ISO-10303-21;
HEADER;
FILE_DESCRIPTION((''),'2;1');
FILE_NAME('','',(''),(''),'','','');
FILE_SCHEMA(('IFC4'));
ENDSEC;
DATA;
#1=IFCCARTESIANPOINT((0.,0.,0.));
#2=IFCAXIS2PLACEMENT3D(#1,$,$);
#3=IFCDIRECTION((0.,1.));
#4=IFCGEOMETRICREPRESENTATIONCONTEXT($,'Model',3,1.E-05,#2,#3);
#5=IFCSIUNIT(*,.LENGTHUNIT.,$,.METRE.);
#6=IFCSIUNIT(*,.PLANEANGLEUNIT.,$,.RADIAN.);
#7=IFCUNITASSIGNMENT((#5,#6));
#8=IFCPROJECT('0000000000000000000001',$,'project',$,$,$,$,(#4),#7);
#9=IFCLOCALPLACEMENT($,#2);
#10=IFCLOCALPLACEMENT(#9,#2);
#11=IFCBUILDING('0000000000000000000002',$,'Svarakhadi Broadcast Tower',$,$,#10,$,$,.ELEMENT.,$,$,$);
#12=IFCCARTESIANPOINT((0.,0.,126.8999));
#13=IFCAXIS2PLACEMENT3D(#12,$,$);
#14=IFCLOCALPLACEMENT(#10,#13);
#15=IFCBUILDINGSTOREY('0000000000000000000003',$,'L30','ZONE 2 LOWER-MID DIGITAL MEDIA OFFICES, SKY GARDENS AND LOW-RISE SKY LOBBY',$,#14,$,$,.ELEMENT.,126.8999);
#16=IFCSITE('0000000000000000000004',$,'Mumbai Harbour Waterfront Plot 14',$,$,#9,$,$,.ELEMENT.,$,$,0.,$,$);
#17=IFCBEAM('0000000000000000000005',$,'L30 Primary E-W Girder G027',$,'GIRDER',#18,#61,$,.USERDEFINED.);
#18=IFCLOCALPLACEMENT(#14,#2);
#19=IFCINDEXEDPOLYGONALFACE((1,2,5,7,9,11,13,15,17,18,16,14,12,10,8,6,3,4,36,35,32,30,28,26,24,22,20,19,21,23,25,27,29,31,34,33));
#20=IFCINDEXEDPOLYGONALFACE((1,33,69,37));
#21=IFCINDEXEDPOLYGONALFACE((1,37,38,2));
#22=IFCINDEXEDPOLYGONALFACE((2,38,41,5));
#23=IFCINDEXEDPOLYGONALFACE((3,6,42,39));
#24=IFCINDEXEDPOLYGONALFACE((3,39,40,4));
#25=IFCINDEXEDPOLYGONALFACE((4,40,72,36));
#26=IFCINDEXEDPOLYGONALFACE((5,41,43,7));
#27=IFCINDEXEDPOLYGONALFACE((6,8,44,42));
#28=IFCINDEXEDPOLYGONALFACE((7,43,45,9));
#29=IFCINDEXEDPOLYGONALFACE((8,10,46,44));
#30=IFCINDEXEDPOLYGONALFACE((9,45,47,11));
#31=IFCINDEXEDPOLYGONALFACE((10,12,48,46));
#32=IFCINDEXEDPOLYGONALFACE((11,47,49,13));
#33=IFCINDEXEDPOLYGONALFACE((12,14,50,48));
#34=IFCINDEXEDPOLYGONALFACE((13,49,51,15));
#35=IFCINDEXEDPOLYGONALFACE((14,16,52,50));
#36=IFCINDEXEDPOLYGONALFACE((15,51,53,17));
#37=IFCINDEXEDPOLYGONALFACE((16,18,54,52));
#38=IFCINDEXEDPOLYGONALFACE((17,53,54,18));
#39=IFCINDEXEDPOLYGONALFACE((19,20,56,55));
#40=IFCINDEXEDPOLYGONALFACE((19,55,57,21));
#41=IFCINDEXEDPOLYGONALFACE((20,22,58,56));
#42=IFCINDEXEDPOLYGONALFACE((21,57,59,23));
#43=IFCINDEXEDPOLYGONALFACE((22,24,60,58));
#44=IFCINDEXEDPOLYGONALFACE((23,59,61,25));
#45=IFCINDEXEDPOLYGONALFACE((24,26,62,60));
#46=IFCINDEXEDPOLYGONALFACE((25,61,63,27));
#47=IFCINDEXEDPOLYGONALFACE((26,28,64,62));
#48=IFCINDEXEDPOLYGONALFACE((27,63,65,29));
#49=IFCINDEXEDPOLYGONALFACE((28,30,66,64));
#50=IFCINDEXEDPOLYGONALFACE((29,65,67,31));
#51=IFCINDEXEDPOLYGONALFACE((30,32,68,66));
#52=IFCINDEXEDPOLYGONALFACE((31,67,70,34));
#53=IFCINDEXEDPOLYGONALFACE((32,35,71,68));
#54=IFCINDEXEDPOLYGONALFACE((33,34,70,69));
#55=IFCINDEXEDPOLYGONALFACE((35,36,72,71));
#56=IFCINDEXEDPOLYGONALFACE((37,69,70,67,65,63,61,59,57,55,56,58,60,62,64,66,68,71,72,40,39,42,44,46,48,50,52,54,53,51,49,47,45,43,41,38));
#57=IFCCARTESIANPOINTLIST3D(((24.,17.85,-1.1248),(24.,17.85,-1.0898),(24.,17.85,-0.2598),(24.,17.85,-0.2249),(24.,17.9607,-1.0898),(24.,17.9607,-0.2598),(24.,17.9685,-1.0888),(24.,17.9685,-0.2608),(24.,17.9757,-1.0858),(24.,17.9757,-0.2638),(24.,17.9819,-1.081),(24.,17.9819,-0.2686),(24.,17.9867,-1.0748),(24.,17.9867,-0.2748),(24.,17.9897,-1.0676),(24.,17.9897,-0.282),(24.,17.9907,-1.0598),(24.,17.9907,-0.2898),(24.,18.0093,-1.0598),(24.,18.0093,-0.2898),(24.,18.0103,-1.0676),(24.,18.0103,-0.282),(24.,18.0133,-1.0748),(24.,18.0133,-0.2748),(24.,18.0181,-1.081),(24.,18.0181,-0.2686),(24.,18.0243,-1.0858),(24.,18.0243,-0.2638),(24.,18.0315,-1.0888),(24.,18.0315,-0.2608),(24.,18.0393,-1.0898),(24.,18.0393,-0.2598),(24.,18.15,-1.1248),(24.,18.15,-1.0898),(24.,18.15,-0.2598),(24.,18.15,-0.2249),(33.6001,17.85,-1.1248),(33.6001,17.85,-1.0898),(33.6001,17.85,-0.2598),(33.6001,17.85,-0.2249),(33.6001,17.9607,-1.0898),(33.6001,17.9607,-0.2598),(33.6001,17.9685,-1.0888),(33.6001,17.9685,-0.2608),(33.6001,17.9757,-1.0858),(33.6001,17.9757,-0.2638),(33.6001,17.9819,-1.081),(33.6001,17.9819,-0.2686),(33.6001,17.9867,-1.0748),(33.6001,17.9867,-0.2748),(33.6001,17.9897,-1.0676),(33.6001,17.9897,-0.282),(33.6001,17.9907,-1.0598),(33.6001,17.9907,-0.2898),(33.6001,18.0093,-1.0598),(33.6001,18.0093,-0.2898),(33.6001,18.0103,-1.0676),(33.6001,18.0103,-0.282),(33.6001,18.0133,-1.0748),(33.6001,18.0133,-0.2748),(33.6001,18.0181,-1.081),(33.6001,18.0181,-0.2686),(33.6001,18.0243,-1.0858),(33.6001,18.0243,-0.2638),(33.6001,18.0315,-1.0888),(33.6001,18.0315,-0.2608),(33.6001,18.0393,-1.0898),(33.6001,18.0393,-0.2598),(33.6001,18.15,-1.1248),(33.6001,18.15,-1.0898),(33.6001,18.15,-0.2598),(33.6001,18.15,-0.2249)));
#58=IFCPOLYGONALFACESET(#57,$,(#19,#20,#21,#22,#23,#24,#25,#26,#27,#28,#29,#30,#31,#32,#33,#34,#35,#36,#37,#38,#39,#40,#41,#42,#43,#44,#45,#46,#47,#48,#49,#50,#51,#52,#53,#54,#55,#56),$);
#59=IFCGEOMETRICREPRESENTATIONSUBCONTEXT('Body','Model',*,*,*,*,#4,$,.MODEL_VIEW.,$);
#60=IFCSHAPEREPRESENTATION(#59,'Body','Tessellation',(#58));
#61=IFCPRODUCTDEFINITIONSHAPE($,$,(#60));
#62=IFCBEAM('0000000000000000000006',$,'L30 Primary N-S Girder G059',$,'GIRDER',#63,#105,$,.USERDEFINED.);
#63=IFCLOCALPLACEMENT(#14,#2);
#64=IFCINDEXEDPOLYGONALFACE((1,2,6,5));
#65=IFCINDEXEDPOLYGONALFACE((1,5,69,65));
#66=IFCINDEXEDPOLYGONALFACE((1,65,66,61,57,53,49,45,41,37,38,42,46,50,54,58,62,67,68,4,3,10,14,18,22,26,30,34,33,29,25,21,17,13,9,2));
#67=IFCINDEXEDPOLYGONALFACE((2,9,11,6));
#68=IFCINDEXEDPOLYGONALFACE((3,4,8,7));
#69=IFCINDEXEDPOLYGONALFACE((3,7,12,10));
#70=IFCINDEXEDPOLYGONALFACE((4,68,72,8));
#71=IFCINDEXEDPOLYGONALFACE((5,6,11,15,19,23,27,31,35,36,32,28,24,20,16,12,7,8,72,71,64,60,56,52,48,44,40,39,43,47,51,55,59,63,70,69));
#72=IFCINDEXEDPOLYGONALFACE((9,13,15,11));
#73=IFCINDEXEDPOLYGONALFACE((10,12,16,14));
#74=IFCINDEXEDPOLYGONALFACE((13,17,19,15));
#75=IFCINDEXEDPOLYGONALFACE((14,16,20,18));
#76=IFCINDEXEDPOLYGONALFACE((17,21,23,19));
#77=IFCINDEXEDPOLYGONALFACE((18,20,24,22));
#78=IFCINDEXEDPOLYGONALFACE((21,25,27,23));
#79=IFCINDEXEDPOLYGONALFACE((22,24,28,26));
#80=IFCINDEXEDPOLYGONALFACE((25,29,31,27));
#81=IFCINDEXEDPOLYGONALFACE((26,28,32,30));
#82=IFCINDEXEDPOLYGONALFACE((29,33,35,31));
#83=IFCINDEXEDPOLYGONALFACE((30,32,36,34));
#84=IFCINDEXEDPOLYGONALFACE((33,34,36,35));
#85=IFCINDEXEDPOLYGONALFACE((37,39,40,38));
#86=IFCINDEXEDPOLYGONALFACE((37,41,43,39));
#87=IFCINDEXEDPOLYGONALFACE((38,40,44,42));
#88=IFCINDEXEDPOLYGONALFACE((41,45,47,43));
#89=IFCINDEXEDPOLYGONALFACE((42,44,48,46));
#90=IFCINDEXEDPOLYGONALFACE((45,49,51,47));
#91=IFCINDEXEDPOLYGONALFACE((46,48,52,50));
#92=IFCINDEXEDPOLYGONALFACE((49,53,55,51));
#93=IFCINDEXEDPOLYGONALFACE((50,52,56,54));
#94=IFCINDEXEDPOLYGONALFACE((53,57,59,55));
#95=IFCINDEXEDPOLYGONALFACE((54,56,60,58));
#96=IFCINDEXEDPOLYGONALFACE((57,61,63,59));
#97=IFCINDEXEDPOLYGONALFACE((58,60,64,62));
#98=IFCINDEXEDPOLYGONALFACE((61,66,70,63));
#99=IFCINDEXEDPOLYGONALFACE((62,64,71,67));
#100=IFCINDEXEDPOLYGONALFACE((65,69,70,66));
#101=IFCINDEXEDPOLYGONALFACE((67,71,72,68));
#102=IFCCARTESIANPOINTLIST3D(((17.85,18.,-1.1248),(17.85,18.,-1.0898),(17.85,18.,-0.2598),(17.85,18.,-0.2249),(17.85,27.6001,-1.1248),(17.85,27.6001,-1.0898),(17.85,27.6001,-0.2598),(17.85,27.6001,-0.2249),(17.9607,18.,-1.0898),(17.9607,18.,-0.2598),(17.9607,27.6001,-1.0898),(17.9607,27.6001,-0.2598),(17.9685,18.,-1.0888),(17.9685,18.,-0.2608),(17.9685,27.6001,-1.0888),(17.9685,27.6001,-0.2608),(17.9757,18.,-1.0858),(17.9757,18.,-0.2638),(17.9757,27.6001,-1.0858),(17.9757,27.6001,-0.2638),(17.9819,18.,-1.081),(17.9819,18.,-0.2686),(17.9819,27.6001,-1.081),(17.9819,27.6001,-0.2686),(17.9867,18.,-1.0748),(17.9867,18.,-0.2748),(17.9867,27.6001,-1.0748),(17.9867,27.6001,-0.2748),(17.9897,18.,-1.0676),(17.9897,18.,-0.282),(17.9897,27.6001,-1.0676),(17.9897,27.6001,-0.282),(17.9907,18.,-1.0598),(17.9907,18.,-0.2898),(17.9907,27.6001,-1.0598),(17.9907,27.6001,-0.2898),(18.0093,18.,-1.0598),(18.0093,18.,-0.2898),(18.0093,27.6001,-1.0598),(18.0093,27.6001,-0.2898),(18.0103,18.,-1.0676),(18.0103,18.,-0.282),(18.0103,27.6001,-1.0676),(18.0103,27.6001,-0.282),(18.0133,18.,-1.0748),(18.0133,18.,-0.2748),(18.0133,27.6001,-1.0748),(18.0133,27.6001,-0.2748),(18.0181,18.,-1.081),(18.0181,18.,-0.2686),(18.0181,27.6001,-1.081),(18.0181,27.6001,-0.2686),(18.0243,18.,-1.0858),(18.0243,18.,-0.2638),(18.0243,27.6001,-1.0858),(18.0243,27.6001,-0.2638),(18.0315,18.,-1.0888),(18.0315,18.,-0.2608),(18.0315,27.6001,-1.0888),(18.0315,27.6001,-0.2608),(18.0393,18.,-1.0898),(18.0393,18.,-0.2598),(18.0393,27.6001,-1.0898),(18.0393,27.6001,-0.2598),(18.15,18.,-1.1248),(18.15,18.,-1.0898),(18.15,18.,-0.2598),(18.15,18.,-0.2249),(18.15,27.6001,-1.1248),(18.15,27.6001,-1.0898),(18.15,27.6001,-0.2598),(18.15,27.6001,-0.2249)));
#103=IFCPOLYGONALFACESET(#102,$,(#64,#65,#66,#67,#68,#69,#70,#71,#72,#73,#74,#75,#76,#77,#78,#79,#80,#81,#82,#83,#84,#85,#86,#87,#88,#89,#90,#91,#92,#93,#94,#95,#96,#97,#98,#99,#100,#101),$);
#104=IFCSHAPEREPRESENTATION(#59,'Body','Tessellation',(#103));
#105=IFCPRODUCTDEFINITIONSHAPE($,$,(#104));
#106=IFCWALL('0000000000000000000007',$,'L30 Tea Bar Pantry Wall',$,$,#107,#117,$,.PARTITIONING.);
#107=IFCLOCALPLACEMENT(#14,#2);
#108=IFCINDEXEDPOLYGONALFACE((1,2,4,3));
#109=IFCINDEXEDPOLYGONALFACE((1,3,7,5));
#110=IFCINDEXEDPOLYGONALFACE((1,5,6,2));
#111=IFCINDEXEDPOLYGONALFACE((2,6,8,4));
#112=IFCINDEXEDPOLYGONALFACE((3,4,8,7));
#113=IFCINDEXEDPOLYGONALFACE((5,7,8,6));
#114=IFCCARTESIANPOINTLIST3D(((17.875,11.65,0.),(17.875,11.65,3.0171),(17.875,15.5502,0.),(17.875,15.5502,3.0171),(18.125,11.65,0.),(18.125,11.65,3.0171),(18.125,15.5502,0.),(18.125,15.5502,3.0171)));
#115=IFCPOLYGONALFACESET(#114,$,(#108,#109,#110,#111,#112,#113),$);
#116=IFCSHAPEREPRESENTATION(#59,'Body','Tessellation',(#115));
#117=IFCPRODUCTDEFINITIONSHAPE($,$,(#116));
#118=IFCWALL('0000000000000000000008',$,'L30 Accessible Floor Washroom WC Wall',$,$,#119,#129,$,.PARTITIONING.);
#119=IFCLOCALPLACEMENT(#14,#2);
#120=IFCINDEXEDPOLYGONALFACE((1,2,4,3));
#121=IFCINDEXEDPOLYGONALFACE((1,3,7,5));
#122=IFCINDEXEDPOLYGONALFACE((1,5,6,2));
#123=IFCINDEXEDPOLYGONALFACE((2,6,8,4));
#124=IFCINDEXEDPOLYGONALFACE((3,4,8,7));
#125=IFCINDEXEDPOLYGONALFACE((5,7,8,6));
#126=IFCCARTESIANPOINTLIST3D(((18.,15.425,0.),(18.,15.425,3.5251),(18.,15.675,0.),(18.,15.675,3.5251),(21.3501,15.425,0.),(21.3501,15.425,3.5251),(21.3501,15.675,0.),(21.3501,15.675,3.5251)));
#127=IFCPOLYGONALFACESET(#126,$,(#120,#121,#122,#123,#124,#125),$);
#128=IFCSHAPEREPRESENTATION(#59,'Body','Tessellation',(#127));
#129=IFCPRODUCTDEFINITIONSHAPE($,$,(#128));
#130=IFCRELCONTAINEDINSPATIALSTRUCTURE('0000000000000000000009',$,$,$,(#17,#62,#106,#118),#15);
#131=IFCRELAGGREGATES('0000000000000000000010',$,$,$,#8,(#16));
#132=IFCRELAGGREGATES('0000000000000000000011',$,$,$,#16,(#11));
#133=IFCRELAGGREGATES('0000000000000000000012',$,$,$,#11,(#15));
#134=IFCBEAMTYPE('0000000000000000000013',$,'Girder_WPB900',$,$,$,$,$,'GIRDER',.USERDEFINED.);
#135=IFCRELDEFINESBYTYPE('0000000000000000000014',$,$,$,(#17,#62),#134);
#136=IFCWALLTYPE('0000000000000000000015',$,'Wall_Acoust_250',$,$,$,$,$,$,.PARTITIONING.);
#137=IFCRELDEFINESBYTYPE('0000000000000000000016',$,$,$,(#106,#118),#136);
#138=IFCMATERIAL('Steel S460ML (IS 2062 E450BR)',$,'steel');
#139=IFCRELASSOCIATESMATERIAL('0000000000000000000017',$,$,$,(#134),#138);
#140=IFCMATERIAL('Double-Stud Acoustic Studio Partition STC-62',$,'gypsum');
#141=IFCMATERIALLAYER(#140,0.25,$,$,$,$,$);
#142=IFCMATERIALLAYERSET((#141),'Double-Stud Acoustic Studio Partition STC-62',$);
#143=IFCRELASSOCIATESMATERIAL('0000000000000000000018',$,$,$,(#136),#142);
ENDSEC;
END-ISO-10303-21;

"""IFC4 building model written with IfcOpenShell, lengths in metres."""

from ifc_helpers import new_model, si_unit, direction, frame, frame_2d, origin, origin_2d, place, context, subcontext, project, spatial, rectangle, i_section, extrude, material, layer, layer_set, material_profile, profile_set, type_object, element, save


model = new_model("IFC4")

# Units and contexts
model_context = context("Model", 3, precision=1e-05, world=origin(), true_north=direction((0.0, 1.0)))
body_context = subcontext(model_context, "Body", "Model", "MODEL_VIEW")
ifc_project = project(units=[si_unit("LENGTHUNIT", "METRE"), si_unit("PLANEANGLEUNIT", "RADIAN")], contexts=[model_context])

# Site, building, storey
site_placement = place(None, origin())
site = spatial("IfcSite", under=ifc_project, at=site_placement, Name="Mumbai Harbour Waterfront Plot 14", CompositionType="ELEMENT", RefElevation=0.0)
building_placement = place(site_placement, origin())
building = spatial("IfcBuilding", under=site, at=building_placement, Name="Svarakhadi Broadcast Tower", CompositionType="ELEMENT")
storey_placement = place(building_placement, frame((0.0, 0.0, 126.8999)))
storey = spatial("IfcBuildingStorey", under=building, at=storey_placement, Name="L30", Description="ZONE 2 LOWER-MID DIGITAL MEDIA OFFICES, SKY GARDENS AND LOW-RISE SKY LOBBY", CompositionType="ELEMENT", Elevation=126.8999)

# Beams
ifc_material_1 = material(Name="Steel S460ML (IS 2062 E450BR)", Category="steel")
ifc_material_profile_1 = material_profile(ifc_material_1, i_section(OverallWidth=0.3, OverallDepth=0.8999, WebThickness=0.0186, FlangeThickness=0.0349, FilletRadius=0.03, at=origin_2d()), Name="WPB 900x300x291")
ifc_profile_set_1 = profile_set([ifc_material_profile_1], Name="Steel S460ML (IS 2062 E450BR)")
beam_type_1 = type_object("IfcBeamType", Name="Girder_WPB900", ElementType="GIRDER", PredefinedType="USERDEFINED", material=ifc_profile_set_1)
for number, where, z_axis, x_axis, name in (
    (1, (24.0, 18.0, -0.6748), (1.0, 0.0, 0.0), (0.0, 1.0, 0.0), "L30 Primary E-W Girder G027"),
    (2, (18.0, 18.0, -0.6748), (0.0, 1.0, 0.0), (-1.0, 0.0, 0.0), "L30 Primary N-S Girder G059"),
):
    element("IfcBeam", number, at=place(storey_placement, frame(where, z_axis=z_axis, x_axis=x_axis)), inside=storey, type_object=beam_type_1, Name=name, ObjectType="GIRDER", PredefinedType="USERDEFINED", context=body_context, shape_type="SweptSolid", body=[
        extrude(i_section(OverallWidth=0.3, OverallDepth=0.8999, WebThickness=0.0186, FlangeThickness=0.0349, FilletRadius=0.03, at=origin_2d()), origin(), (0.0, 0.0, 1.0), 9.6001),
    ])

# Walls
ifc_material_2 = material(Name="Double-Stud Acoustic Studio Partition STC-62", Category="gypsum")
ifc_layer_1 = layer(ifc_material_2, 0.25)
ifc_layer_set_1 = layer_set([ifc_layer_1], Name="Double-Stud Acoustic Studio Partition STC-62")
wall_type_1 = type_object("IfcWallType", Name="Wall_Acoust_250", PredefinedType="PARTITIONING", material=ifc_layer_set_1)
wall_1_placement = place(storey_placement, frame((18.0, 11.6499, 0.0), z_axis=(0.0, 0.0, 1.0), x_axis=(0.0, 1.0, 0.0)))
element("IfcWall", 3, at=wall_1_placement, inside=storey, type_object=wall_type_1, Name="L30 Tea Bar Pantry Wall", PredefinedType="PARTITIONING", context=body_context, shape_type="SweptSolid", body=[
    extrude(rectangle(XDim=3.9001, YDim=0.25, at=frame_2d((1.9502, 0.0))), origin(), (0.0, 0.0, 1.0), 3.0171),
])
wall_2_placement = place(storey_placement, frame((18.0, 15.55, 0.0), z_axis=(0.0, 0.0, 1.0), x_axis=(1.0, 0.0, 0.0)))
element("IfcWall", 4, at=wall_2_placement, inside=storey, type_object=wall_type_1, Name="L30 Accessible Floor Washroom WC Wall", PredefinedType="PARTITIONING", context=body_context, shape_type="SweptSolid", body=[
    extrude(rectangle(XDim=3.3501, YDim=0.25, at=frame_2d((1.675, 0.0))), origin(), (0.0, 0.0, 1.0), 3.5251),
])

save(model, "model.ifc")
